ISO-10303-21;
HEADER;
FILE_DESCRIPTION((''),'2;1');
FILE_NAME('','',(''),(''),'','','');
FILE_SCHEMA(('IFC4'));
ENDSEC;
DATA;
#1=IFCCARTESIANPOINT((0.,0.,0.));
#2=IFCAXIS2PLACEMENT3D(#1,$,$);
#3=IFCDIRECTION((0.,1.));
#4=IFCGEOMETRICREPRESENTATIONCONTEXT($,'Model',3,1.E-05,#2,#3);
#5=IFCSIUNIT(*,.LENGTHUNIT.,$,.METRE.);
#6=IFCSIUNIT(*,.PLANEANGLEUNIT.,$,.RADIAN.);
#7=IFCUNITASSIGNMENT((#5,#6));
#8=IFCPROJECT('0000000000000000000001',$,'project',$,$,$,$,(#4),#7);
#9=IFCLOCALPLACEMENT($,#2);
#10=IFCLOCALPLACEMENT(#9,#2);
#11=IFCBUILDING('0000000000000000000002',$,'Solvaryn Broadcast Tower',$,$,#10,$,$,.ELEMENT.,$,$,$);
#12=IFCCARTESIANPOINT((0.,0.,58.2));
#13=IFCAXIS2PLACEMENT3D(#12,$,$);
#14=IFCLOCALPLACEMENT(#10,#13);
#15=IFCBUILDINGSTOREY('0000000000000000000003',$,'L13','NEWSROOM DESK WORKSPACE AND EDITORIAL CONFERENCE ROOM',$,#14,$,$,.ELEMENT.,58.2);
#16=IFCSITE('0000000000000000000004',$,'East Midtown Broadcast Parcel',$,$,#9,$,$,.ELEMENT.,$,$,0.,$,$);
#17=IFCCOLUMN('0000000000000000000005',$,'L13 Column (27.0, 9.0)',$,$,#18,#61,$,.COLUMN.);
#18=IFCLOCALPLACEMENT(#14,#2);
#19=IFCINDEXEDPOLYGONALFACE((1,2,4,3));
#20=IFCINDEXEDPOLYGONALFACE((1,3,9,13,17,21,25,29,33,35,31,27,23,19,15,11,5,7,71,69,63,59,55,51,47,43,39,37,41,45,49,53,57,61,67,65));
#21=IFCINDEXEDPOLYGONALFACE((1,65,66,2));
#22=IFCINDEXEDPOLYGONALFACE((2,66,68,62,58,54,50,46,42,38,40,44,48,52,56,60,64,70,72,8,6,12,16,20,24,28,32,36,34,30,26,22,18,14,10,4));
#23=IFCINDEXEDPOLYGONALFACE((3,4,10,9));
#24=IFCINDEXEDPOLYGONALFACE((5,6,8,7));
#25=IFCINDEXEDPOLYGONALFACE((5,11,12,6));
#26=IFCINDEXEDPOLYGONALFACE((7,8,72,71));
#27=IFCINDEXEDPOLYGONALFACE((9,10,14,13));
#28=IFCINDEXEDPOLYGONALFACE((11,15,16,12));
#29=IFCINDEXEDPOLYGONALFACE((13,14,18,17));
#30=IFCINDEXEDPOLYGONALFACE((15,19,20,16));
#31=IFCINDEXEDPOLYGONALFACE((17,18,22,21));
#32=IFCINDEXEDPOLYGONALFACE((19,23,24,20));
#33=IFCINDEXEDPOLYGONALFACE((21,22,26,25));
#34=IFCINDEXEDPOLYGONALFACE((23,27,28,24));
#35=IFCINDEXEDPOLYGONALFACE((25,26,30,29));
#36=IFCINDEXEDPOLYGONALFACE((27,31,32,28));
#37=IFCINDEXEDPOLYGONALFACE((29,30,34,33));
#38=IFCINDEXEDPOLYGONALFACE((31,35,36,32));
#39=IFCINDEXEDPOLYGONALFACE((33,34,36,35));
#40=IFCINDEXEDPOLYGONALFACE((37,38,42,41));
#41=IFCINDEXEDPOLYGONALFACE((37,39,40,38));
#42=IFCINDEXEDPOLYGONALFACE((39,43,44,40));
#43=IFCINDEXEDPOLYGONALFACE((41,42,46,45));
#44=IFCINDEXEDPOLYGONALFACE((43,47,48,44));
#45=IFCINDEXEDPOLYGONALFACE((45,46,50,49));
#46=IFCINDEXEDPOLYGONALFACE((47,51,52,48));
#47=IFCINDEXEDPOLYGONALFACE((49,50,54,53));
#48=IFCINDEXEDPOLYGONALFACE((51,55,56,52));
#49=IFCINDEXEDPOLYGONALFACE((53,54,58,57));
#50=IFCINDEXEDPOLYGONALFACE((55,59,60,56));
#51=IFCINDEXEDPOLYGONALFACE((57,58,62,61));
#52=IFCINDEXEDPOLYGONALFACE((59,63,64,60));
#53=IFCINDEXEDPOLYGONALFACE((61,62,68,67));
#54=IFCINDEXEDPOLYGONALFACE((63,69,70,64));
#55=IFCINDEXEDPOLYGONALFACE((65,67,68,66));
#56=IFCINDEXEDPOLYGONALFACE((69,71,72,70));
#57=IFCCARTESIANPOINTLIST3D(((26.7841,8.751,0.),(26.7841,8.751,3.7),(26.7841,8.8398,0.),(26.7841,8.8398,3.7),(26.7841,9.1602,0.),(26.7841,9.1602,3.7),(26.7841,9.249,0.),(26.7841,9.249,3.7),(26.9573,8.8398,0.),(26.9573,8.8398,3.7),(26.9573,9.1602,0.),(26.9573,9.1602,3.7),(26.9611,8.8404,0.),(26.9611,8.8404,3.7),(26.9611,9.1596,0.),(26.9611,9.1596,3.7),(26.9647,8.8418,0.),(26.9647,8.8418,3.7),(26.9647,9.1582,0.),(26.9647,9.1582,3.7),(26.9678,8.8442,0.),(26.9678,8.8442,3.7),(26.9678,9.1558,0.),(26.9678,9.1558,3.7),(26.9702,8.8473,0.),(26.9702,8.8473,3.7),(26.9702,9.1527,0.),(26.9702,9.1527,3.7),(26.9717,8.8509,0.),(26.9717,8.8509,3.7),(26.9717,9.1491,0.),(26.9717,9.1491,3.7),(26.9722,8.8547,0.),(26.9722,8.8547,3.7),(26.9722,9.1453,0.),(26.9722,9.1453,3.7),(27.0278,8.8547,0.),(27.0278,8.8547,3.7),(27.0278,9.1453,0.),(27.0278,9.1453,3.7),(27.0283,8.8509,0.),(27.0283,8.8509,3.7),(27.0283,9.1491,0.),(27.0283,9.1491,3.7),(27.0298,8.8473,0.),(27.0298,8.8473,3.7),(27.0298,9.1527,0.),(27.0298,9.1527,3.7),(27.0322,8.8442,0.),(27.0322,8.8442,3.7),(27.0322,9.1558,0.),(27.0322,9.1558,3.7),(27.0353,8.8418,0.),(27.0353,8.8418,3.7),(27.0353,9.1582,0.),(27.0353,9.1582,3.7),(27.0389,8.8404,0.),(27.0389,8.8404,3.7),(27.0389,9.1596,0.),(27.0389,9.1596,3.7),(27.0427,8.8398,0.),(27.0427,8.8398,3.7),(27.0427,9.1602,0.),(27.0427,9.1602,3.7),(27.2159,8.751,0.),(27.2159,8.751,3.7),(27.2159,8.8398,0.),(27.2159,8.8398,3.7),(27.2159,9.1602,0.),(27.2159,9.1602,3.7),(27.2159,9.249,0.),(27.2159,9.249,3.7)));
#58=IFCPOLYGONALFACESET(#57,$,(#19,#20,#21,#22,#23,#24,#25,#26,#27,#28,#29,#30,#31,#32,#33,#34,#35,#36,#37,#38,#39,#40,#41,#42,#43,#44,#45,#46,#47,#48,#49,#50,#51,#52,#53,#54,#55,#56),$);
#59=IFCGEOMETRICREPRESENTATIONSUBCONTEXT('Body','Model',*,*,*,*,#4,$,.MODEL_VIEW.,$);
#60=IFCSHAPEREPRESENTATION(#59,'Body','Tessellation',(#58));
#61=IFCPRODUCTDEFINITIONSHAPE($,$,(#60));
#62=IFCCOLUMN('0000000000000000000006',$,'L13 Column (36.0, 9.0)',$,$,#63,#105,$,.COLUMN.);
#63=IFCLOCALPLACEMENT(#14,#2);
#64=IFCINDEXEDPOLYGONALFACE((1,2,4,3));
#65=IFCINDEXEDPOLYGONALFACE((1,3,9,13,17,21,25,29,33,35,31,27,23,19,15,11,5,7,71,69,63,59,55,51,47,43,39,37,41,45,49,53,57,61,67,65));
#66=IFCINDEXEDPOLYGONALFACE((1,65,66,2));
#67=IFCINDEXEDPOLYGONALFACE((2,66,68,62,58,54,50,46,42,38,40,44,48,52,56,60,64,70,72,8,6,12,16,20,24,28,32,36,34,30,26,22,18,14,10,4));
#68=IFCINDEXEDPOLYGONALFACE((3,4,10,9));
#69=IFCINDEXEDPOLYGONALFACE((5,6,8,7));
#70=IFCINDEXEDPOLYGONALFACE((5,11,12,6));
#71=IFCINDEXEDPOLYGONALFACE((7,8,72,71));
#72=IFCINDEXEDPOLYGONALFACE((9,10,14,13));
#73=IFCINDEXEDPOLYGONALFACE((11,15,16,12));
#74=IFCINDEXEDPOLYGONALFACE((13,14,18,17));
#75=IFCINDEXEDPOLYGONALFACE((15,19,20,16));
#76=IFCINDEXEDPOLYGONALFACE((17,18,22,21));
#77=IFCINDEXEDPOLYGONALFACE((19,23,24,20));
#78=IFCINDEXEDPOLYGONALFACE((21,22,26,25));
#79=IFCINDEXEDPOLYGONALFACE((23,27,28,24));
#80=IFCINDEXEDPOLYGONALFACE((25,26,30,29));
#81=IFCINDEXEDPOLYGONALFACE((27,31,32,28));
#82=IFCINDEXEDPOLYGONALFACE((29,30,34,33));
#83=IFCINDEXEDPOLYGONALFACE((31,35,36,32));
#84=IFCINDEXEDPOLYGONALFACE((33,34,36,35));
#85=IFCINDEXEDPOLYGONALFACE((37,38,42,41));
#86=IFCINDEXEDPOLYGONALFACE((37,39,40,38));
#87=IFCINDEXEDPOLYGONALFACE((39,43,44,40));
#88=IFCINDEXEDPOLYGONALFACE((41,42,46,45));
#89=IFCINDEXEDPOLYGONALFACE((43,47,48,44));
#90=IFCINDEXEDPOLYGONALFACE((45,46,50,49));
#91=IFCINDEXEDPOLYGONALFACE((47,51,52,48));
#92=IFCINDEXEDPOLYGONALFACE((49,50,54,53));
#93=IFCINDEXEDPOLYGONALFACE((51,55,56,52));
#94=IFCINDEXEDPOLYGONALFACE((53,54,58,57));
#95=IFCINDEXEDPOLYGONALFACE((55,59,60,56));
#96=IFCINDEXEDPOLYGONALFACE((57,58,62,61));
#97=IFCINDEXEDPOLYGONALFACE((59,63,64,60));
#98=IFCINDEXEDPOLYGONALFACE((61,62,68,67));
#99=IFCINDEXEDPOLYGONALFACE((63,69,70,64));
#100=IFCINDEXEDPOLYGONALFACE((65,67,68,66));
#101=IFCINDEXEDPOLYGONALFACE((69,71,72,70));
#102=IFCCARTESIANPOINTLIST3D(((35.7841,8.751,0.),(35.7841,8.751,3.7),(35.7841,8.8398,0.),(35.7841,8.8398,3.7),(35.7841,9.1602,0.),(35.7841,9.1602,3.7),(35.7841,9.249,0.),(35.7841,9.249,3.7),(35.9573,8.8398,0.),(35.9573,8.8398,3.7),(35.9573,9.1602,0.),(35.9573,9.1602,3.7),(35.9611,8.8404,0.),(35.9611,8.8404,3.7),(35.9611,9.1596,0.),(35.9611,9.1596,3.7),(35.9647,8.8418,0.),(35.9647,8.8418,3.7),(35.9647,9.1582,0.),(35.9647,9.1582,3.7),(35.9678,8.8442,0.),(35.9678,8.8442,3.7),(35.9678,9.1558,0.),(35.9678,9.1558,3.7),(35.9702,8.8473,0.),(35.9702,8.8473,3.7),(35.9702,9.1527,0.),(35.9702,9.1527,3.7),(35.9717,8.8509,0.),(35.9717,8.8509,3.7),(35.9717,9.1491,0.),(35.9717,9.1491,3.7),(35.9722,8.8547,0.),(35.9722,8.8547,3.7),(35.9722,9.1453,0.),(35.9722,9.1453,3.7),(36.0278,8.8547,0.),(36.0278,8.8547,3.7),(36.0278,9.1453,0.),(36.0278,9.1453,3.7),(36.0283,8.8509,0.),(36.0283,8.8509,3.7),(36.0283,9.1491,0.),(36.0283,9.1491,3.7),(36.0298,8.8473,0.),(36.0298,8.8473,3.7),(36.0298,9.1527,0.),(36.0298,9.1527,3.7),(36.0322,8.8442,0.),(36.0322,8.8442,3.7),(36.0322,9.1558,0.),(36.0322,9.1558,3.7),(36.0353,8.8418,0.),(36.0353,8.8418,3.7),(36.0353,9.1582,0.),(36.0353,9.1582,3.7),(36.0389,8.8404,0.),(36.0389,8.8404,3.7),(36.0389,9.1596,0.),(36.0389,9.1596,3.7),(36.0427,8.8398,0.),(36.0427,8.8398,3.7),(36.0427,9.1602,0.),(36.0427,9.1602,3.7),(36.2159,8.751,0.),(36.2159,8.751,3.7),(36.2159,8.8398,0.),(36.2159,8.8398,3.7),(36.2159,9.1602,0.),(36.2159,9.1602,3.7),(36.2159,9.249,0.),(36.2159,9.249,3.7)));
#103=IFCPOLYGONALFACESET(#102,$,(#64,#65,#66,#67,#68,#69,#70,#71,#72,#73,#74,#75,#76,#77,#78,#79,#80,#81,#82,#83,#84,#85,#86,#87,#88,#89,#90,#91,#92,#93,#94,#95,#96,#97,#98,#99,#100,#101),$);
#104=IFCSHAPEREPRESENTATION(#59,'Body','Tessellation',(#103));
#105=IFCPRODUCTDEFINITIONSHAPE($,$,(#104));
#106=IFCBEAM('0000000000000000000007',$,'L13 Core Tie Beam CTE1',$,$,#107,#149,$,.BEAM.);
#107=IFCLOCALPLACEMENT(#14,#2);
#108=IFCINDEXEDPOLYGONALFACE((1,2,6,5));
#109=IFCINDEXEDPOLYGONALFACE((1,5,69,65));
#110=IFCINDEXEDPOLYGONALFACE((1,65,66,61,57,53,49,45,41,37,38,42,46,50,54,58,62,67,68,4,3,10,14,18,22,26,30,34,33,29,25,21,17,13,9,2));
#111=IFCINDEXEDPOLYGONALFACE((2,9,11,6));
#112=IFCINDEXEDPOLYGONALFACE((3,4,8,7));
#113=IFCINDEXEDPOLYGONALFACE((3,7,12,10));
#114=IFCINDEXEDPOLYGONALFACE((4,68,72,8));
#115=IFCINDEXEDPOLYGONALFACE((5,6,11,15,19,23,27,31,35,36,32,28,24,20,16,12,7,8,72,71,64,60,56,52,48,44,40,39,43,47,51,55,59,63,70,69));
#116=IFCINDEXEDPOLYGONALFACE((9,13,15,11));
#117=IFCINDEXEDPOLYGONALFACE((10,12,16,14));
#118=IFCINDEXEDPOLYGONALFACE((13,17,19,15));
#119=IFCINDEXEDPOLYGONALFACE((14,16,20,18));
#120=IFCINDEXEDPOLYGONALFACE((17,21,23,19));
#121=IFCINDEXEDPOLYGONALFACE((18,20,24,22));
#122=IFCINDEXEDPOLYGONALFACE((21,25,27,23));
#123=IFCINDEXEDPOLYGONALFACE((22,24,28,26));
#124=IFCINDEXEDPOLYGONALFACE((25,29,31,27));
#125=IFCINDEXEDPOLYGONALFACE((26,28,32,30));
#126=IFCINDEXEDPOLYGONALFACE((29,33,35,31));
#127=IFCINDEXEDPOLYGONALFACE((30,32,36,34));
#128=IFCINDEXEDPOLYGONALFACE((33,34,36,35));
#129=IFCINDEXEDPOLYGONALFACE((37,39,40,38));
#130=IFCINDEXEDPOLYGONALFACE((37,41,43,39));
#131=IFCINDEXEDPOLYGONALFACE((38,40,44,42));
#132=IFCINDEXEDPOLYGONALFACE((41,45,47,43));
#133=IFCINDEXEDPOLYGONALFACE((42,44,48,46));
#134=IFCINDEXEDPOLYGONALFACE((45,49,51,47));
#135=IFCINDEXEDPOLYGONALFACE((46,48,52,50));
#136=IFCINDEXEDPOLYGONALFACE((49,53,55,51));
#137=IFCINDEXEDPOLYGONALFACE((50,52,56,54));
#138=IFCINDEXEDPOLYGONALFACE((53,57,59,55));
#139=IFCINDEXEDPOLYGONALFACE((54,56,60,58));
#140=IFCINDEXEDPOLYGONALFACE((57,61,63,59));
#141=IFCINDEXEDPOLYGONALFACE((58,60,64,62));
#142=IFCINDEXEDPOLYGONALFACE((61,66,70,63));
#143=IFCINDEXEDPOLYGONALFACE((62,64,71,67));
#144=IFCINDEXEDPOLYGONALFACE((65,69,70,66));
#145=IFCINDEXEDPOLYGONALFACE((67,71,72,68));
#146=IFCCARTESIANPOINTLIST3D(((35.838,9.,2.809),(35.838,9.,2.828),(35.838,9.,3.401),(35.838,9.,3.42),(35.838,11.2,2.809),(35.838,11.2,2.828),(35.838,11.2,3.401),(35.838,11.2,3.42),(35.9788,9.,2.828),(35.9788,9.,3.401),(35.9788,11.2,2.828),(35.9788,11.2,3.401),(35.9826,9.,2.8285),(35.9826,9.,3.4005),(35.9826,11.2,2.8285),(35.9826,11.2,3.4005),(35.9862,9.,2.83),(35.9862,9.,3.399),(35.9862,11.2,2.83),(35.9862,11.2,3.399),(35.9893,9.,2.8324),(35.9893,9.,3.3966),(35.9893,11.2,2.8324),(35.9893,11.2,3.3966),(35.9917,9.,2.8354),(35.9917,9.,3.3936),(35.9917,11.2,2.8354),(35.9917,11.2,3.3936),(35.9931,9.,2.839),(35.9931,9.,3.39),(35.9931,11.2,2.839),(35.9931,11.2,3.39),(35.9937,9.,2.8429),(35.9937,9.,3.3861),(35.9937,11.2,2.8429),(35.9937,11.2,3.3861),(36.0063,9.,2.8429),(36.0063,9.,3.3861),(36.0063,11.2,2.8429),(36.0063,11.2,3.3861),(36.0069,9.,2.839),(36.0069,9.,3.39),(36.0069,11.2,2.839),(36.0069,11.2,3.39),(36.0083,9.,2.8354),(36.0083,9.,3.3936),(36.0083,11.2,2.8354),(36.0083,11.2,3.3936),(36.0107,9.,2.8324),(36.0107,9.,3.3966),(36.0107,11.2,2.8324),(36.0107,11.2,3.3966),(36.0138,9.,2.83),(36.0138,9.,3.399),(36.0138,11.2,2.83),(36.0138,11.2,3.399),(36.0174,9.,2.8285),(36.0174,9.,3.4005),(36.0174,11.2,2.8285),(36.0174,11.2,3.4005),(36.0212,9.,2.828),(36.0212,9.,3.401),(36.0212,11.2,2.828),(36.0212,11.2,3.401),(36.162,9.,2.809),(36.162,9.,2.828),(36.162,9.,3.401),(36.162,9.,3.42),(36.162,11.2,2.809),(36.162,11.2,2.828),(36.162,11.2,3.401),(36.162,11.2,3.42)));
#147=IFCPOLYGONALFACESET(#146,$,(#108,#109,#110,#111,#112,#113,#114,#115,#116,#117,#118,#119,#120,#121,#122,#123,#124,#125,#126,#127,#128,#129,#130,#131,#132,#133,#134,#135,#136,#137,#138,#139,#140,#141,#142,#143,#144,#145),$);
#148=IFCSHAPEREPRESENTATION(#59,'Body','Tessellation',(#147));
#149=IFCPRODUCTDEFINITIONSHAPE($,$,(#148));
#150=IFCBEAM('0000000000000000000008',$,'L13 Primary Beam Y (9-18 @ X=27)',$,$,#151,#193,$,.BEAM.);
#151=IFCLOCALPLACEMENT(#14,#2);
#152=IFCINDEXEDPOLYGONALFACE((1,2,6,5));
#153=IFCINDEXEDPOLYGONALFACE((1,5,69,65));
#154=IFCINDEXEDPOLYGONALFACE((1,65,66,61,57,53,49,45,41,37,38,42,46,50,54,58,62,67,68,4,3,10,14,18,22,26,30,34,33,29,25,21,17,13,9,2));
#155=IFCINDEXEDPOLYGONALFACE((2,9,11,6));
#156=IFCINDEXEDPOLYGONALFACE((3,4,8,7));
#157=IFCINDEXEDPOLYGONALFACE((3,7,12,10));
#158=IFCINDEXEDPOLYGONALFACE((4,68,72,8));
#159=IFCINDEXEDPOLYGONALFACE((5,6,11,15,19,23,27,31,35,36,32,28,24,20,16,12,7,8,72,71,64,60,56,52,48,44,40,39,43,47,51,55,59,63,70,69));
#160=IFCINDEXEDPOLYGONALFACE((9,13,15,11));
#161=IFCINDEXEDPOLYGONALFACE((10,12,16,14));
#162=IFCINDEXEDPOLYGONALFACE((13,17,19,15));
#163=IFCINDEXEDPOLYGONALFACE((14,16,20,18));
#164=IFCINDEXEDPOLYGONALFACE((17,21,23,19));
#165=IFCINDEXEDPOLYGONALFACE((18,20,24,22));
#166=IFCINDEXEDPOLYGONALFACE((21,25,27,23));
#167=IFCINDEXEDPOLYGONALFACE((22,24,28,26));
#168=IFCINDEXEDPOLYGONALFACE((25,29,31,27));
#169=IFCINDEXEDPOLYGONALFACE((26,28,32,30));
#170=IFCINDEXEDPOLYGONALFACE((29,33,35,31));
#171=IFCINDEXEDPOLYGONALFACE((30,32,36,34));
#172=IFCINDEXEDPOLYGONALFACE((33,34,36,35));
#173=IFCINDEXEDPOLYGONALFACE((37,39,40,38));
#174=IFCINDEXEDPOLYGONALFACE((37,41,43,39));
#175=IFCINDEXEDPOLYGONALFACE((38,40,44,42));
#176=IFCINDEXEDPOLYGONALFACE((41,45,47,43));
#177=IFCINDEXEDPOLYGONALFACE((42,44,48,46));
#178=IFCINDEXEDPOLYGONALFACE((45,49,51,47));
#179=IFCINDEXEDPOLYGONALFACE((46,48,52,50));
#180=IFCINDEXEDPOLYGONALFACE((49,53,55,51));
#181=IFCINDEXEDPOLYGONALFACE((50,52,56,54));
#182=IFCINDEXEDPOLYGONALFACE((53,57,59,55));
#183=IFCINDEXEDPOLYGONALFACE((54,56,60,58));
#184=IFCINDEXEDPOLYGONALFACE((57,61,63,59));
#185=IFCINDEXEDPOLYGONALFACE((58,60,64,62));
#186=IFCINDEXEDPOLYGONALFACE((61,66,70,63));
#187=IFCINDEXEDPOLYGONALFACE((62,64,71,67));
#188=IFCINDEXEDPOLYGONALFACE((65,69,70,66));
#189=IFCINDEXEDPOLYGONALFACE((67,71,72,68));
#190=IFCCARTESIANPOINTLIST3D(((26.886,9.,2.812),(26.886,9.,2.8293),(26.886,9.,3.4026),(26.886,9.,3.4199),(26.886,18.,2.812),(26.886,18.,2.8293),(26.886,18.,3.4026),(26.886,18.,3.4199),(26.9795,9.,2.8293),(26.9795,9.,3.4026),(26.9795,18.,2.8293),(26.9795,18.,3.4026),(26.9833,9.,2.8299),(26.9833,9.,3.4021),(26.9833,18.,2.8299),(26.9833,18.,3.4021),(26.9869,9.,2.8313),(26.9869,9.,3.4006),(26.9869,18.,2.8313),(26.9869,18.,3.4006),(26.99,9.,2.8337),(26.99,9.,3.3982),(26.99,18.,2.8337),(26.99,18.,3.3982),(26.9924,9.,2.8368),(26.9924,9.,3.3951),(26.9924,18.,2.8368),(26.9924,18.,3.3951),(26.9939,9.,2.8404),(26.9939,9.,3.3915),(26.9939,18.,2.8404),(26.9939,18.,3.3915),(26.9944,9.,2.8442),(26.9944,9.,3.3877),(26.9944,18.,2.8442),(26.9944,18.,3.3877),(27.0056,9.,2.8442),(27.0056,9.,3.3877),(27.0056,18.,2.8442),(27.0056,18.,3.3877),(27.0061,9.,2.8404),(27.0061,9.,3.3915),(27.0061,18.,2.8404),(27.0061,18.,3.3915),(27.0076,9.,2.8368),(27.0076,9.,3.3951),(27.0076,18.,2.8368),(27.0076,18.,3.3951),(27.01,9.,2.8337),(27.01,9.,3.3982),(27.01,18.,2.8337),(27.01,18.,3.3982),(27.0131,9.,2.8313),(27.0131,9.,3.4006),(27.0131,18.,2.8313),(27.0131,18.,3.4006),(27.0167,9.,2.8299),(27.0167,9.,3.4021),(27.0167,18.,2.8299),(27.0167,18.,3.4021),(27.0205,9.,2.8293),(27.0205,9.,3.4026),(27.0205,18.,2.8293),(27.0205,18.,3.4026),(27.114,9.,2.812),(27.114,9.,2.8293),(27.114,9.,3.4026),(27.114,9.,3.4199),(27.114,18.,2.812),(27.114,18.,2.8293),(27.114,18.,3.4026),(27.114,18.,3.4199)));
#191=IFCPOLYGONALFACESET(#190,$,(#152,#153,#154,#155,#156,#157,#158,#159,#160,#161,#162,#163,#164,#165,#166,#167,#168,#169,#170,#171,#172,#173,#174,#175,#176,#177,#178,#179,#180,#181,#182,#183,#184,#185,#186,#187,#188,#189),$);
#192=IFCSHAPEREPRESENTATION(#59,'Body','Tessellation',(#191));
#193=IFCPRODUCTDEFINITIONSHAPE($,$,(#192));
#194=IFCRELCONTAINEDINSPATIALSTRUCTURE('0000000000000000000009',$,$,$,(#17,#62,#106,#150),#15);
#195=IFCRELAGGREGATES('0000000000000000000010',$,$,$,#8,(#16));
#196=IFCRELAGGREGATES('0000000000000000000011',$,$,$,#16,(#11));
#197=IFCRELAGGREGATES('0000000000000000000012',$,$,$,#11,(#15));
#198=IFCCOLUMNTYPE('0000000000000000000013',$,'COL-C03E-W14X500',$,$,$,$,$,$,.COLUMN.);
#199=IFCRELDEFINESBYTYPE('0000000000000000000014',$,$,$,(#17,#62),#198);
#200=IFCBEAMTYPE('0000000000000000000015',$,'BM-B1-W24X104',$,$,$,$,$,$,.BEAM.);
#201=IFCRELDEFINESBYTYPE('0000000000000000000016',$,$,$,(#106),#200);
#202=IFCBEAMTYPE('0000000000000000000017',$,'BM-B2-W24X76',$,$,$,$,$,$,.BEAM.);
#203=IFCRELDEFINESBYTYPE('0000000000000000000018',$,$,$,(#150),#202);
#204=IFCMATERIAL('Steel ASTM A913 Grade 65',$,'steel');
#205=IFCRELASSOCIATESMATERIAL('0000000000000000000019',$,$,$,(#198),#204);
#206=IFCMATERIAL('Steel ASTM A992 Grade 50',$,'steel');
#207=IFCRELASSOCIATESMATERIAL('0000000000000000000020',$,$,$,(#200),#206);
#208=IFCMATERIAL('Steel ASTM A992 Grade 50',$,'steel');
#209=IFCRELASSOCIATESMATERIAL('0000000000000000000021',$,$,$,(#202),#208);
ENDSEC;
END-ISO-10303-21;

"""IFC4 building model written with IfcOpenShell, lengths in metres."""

from ifc_helpers import new_model, si_unit, direction, frame, origin, origin_2d, place, context, subcontext, project, spatial, i_section, extrude, material, material_profile, profile_set, type_object, element, save


model = new_model("IFC4")

# Units and contexts
model_context = context("Model", 3, precision=1e-05, world=origin(), true_north=direction((0.0, 1.0)))
body_context = subcontext(model_context, "Body", "Model", "MODEL_VIEW")
ifc_project = project(units=[si_unit("LENGTHUNIT", "METRE"), si_unit("PLANEANGLEUNIT", "RADIAN")], contexts=[model_context])

# Site, building, storey
site_placement = place(None, origin())
site = spatial("IfcSite", under=ifc_project, at=site_placement, Name="East Midtown Broadcast Parcel", CompositionType="ELEMENT", RefElevation=0.0)
building_placement = place(site_placement, origin())
building = spatial("IfcBuilding", under=site, at=building_placement, Name="Solvaryn Broadcast Tower", CompositionType="ELEMENT")
storey_placement = place(building_placement, frame((0.0, 0.0, 58.2)))
storey = spatial("IfcBuildingStorey", under=building, at=storey_placement, Name="L13", Description="NEWSROOM DESK WORKSPACE AND EDITORIAL CONFERENCE ROOM", CompositionType="ELEMENT", Elevation=58.2)

# Columns
ifc_material_1 = material(Name="Steel ASTM A913 Grade 65", Category="steel")
ifc_material_profile_1 = material_profile(ifc_material_1, i_section(OverallWidth=0.4319, OverallDepth=0.498, WebThickness=0.0557, FlangeThickness=0.0889, FilletRadius=0.0149, at=origin_2d()))
ifc_profile_set_1 = profile_set([ifc_material_profile_1], Name="Steel ASTM A913 Grade 65")
column_type = type_object("IfcColumnType", Name="COL-C03E-W14X500", PredefinedType="COLUMN", material=ifc_profile_set_1)
for number, where, z_axis, x_axis, name in (
    (1, (27.0, 9.0, 0.0), (0.0, 0.0, 1.0), (1.0, 0.0, 0.0), "L13 Column (27.0, 9.0)"),
    (2, (36.0, 9.0, 0.0), (0.0, 0.0, 1.0), (1.0, 0.0, 0.0), "L13 Column (36.0, 9.0)"),
):
    element("IfcColumn", number, at=place(storey_placement, frame(where, z_axis=z_axis, x_axis=x_axis)), inside=storey, type_object=column_type, Name=name, PredefinedType="COLUMN", context=body_context, shape_type="SweptSolid", body=[
        extrude(i_section(OverallWidth=0.4319, OverallDepth=0.498, WebThickness=0.0557, FlangeThickness=0.0889, FilletRadius=0.0149, at=origin_2d()), origin(), (0.0, 0.0, 1.0), 3.7),
    ])

# Beams
ifc_material_2 = material(Name="Steel ASTM A992 Grade 50", Category="steel")
ifc_material_profile_2 = material_profile(ifc_material_2, i_section(OverallWidth=0.324, OverallDepth=0.6111, WebThickness=0.0127, FlangeThickness=0.019, FilletRadius=0.0149, at=origin_2d()))
ifc_profile_set_2 = profile_set([ifc_material_profile_2], Name="Steel ASTM A992 Grade 50")
beam_type_1 = type_object("IfcBeamType", Name="BM-B1-W24X104", PredefinedType="BEAM", material=ifc_profile_set_2)
beam_1_placement = place(storey_placement, frame((36.0, 9.0, 3.1145), z_axis=(0.0, 1.0, 0.0), x_axis=(-1.0, 0.0, 0.0)))
element("IfcBeam", 3, at=beam_1_placement, inside=storey, type_object=beam_type_1, Name="L13 Core Tie Beam CTE1", PredefinedType="BEAM", context=body_context, shape_type="SweptSolid", body=[
    extrude(i_section(OverallWidth=0.324, OverallDepth=0.6111, WebThickness=0.0127, FlangeThickness=0.019, FilletRadius=0.0149, at=origin_2d()), origin(), (0.0, 0.0, 1.0), 2.2),
])
ifc_material_3 = material(Name="Steel ASTM A992 Grade 50", Category="steel")
ifc_material_profile_3 = material_profile(ifc_material_3, i_section(OverallWidth=0.228, OverallDepth=0.6079, WebThickness=0.0112, FlangeThickness=0.0173, FilletRadius=0.0149, at=origin_2d()))
ifc_profile_set_3 = profile_set([ifc_material_profile_3], Name="Steel ASTM A992 Grade 50")
beam_type_2 = type_object("IfcBeamType", Name="BM-B2-W24X76", PredefinedType="BEAM", material=ifc_profile_set_3)
beam_2_placement = place(storey_placement, frame((27.0, 9.0, 3.116), z_axis=(0.0, 1.0, 0.0), x_axis=(-1.0, 0.0, 0.0)))
element("IfcBeam", 4, at=beam_2_placement, inside=storey, type_object=beam_type_2, Name="L13 Primary Beam Y (9-18 @ X=27)", PredefinedType="BEAM", context=body_context, shape_type="SweptSolid", body=[
    extrude(i_section(OverallWidth=0.228, OverallDepth=0.6079, WebThickness=0.0112, FlangeThickness=0.0173, FilletRadius=0.0149, at=origin_2d()), origin(), (0.0, 0.0, 1.0), 9.0),
])

save(model, "model.ifc")
